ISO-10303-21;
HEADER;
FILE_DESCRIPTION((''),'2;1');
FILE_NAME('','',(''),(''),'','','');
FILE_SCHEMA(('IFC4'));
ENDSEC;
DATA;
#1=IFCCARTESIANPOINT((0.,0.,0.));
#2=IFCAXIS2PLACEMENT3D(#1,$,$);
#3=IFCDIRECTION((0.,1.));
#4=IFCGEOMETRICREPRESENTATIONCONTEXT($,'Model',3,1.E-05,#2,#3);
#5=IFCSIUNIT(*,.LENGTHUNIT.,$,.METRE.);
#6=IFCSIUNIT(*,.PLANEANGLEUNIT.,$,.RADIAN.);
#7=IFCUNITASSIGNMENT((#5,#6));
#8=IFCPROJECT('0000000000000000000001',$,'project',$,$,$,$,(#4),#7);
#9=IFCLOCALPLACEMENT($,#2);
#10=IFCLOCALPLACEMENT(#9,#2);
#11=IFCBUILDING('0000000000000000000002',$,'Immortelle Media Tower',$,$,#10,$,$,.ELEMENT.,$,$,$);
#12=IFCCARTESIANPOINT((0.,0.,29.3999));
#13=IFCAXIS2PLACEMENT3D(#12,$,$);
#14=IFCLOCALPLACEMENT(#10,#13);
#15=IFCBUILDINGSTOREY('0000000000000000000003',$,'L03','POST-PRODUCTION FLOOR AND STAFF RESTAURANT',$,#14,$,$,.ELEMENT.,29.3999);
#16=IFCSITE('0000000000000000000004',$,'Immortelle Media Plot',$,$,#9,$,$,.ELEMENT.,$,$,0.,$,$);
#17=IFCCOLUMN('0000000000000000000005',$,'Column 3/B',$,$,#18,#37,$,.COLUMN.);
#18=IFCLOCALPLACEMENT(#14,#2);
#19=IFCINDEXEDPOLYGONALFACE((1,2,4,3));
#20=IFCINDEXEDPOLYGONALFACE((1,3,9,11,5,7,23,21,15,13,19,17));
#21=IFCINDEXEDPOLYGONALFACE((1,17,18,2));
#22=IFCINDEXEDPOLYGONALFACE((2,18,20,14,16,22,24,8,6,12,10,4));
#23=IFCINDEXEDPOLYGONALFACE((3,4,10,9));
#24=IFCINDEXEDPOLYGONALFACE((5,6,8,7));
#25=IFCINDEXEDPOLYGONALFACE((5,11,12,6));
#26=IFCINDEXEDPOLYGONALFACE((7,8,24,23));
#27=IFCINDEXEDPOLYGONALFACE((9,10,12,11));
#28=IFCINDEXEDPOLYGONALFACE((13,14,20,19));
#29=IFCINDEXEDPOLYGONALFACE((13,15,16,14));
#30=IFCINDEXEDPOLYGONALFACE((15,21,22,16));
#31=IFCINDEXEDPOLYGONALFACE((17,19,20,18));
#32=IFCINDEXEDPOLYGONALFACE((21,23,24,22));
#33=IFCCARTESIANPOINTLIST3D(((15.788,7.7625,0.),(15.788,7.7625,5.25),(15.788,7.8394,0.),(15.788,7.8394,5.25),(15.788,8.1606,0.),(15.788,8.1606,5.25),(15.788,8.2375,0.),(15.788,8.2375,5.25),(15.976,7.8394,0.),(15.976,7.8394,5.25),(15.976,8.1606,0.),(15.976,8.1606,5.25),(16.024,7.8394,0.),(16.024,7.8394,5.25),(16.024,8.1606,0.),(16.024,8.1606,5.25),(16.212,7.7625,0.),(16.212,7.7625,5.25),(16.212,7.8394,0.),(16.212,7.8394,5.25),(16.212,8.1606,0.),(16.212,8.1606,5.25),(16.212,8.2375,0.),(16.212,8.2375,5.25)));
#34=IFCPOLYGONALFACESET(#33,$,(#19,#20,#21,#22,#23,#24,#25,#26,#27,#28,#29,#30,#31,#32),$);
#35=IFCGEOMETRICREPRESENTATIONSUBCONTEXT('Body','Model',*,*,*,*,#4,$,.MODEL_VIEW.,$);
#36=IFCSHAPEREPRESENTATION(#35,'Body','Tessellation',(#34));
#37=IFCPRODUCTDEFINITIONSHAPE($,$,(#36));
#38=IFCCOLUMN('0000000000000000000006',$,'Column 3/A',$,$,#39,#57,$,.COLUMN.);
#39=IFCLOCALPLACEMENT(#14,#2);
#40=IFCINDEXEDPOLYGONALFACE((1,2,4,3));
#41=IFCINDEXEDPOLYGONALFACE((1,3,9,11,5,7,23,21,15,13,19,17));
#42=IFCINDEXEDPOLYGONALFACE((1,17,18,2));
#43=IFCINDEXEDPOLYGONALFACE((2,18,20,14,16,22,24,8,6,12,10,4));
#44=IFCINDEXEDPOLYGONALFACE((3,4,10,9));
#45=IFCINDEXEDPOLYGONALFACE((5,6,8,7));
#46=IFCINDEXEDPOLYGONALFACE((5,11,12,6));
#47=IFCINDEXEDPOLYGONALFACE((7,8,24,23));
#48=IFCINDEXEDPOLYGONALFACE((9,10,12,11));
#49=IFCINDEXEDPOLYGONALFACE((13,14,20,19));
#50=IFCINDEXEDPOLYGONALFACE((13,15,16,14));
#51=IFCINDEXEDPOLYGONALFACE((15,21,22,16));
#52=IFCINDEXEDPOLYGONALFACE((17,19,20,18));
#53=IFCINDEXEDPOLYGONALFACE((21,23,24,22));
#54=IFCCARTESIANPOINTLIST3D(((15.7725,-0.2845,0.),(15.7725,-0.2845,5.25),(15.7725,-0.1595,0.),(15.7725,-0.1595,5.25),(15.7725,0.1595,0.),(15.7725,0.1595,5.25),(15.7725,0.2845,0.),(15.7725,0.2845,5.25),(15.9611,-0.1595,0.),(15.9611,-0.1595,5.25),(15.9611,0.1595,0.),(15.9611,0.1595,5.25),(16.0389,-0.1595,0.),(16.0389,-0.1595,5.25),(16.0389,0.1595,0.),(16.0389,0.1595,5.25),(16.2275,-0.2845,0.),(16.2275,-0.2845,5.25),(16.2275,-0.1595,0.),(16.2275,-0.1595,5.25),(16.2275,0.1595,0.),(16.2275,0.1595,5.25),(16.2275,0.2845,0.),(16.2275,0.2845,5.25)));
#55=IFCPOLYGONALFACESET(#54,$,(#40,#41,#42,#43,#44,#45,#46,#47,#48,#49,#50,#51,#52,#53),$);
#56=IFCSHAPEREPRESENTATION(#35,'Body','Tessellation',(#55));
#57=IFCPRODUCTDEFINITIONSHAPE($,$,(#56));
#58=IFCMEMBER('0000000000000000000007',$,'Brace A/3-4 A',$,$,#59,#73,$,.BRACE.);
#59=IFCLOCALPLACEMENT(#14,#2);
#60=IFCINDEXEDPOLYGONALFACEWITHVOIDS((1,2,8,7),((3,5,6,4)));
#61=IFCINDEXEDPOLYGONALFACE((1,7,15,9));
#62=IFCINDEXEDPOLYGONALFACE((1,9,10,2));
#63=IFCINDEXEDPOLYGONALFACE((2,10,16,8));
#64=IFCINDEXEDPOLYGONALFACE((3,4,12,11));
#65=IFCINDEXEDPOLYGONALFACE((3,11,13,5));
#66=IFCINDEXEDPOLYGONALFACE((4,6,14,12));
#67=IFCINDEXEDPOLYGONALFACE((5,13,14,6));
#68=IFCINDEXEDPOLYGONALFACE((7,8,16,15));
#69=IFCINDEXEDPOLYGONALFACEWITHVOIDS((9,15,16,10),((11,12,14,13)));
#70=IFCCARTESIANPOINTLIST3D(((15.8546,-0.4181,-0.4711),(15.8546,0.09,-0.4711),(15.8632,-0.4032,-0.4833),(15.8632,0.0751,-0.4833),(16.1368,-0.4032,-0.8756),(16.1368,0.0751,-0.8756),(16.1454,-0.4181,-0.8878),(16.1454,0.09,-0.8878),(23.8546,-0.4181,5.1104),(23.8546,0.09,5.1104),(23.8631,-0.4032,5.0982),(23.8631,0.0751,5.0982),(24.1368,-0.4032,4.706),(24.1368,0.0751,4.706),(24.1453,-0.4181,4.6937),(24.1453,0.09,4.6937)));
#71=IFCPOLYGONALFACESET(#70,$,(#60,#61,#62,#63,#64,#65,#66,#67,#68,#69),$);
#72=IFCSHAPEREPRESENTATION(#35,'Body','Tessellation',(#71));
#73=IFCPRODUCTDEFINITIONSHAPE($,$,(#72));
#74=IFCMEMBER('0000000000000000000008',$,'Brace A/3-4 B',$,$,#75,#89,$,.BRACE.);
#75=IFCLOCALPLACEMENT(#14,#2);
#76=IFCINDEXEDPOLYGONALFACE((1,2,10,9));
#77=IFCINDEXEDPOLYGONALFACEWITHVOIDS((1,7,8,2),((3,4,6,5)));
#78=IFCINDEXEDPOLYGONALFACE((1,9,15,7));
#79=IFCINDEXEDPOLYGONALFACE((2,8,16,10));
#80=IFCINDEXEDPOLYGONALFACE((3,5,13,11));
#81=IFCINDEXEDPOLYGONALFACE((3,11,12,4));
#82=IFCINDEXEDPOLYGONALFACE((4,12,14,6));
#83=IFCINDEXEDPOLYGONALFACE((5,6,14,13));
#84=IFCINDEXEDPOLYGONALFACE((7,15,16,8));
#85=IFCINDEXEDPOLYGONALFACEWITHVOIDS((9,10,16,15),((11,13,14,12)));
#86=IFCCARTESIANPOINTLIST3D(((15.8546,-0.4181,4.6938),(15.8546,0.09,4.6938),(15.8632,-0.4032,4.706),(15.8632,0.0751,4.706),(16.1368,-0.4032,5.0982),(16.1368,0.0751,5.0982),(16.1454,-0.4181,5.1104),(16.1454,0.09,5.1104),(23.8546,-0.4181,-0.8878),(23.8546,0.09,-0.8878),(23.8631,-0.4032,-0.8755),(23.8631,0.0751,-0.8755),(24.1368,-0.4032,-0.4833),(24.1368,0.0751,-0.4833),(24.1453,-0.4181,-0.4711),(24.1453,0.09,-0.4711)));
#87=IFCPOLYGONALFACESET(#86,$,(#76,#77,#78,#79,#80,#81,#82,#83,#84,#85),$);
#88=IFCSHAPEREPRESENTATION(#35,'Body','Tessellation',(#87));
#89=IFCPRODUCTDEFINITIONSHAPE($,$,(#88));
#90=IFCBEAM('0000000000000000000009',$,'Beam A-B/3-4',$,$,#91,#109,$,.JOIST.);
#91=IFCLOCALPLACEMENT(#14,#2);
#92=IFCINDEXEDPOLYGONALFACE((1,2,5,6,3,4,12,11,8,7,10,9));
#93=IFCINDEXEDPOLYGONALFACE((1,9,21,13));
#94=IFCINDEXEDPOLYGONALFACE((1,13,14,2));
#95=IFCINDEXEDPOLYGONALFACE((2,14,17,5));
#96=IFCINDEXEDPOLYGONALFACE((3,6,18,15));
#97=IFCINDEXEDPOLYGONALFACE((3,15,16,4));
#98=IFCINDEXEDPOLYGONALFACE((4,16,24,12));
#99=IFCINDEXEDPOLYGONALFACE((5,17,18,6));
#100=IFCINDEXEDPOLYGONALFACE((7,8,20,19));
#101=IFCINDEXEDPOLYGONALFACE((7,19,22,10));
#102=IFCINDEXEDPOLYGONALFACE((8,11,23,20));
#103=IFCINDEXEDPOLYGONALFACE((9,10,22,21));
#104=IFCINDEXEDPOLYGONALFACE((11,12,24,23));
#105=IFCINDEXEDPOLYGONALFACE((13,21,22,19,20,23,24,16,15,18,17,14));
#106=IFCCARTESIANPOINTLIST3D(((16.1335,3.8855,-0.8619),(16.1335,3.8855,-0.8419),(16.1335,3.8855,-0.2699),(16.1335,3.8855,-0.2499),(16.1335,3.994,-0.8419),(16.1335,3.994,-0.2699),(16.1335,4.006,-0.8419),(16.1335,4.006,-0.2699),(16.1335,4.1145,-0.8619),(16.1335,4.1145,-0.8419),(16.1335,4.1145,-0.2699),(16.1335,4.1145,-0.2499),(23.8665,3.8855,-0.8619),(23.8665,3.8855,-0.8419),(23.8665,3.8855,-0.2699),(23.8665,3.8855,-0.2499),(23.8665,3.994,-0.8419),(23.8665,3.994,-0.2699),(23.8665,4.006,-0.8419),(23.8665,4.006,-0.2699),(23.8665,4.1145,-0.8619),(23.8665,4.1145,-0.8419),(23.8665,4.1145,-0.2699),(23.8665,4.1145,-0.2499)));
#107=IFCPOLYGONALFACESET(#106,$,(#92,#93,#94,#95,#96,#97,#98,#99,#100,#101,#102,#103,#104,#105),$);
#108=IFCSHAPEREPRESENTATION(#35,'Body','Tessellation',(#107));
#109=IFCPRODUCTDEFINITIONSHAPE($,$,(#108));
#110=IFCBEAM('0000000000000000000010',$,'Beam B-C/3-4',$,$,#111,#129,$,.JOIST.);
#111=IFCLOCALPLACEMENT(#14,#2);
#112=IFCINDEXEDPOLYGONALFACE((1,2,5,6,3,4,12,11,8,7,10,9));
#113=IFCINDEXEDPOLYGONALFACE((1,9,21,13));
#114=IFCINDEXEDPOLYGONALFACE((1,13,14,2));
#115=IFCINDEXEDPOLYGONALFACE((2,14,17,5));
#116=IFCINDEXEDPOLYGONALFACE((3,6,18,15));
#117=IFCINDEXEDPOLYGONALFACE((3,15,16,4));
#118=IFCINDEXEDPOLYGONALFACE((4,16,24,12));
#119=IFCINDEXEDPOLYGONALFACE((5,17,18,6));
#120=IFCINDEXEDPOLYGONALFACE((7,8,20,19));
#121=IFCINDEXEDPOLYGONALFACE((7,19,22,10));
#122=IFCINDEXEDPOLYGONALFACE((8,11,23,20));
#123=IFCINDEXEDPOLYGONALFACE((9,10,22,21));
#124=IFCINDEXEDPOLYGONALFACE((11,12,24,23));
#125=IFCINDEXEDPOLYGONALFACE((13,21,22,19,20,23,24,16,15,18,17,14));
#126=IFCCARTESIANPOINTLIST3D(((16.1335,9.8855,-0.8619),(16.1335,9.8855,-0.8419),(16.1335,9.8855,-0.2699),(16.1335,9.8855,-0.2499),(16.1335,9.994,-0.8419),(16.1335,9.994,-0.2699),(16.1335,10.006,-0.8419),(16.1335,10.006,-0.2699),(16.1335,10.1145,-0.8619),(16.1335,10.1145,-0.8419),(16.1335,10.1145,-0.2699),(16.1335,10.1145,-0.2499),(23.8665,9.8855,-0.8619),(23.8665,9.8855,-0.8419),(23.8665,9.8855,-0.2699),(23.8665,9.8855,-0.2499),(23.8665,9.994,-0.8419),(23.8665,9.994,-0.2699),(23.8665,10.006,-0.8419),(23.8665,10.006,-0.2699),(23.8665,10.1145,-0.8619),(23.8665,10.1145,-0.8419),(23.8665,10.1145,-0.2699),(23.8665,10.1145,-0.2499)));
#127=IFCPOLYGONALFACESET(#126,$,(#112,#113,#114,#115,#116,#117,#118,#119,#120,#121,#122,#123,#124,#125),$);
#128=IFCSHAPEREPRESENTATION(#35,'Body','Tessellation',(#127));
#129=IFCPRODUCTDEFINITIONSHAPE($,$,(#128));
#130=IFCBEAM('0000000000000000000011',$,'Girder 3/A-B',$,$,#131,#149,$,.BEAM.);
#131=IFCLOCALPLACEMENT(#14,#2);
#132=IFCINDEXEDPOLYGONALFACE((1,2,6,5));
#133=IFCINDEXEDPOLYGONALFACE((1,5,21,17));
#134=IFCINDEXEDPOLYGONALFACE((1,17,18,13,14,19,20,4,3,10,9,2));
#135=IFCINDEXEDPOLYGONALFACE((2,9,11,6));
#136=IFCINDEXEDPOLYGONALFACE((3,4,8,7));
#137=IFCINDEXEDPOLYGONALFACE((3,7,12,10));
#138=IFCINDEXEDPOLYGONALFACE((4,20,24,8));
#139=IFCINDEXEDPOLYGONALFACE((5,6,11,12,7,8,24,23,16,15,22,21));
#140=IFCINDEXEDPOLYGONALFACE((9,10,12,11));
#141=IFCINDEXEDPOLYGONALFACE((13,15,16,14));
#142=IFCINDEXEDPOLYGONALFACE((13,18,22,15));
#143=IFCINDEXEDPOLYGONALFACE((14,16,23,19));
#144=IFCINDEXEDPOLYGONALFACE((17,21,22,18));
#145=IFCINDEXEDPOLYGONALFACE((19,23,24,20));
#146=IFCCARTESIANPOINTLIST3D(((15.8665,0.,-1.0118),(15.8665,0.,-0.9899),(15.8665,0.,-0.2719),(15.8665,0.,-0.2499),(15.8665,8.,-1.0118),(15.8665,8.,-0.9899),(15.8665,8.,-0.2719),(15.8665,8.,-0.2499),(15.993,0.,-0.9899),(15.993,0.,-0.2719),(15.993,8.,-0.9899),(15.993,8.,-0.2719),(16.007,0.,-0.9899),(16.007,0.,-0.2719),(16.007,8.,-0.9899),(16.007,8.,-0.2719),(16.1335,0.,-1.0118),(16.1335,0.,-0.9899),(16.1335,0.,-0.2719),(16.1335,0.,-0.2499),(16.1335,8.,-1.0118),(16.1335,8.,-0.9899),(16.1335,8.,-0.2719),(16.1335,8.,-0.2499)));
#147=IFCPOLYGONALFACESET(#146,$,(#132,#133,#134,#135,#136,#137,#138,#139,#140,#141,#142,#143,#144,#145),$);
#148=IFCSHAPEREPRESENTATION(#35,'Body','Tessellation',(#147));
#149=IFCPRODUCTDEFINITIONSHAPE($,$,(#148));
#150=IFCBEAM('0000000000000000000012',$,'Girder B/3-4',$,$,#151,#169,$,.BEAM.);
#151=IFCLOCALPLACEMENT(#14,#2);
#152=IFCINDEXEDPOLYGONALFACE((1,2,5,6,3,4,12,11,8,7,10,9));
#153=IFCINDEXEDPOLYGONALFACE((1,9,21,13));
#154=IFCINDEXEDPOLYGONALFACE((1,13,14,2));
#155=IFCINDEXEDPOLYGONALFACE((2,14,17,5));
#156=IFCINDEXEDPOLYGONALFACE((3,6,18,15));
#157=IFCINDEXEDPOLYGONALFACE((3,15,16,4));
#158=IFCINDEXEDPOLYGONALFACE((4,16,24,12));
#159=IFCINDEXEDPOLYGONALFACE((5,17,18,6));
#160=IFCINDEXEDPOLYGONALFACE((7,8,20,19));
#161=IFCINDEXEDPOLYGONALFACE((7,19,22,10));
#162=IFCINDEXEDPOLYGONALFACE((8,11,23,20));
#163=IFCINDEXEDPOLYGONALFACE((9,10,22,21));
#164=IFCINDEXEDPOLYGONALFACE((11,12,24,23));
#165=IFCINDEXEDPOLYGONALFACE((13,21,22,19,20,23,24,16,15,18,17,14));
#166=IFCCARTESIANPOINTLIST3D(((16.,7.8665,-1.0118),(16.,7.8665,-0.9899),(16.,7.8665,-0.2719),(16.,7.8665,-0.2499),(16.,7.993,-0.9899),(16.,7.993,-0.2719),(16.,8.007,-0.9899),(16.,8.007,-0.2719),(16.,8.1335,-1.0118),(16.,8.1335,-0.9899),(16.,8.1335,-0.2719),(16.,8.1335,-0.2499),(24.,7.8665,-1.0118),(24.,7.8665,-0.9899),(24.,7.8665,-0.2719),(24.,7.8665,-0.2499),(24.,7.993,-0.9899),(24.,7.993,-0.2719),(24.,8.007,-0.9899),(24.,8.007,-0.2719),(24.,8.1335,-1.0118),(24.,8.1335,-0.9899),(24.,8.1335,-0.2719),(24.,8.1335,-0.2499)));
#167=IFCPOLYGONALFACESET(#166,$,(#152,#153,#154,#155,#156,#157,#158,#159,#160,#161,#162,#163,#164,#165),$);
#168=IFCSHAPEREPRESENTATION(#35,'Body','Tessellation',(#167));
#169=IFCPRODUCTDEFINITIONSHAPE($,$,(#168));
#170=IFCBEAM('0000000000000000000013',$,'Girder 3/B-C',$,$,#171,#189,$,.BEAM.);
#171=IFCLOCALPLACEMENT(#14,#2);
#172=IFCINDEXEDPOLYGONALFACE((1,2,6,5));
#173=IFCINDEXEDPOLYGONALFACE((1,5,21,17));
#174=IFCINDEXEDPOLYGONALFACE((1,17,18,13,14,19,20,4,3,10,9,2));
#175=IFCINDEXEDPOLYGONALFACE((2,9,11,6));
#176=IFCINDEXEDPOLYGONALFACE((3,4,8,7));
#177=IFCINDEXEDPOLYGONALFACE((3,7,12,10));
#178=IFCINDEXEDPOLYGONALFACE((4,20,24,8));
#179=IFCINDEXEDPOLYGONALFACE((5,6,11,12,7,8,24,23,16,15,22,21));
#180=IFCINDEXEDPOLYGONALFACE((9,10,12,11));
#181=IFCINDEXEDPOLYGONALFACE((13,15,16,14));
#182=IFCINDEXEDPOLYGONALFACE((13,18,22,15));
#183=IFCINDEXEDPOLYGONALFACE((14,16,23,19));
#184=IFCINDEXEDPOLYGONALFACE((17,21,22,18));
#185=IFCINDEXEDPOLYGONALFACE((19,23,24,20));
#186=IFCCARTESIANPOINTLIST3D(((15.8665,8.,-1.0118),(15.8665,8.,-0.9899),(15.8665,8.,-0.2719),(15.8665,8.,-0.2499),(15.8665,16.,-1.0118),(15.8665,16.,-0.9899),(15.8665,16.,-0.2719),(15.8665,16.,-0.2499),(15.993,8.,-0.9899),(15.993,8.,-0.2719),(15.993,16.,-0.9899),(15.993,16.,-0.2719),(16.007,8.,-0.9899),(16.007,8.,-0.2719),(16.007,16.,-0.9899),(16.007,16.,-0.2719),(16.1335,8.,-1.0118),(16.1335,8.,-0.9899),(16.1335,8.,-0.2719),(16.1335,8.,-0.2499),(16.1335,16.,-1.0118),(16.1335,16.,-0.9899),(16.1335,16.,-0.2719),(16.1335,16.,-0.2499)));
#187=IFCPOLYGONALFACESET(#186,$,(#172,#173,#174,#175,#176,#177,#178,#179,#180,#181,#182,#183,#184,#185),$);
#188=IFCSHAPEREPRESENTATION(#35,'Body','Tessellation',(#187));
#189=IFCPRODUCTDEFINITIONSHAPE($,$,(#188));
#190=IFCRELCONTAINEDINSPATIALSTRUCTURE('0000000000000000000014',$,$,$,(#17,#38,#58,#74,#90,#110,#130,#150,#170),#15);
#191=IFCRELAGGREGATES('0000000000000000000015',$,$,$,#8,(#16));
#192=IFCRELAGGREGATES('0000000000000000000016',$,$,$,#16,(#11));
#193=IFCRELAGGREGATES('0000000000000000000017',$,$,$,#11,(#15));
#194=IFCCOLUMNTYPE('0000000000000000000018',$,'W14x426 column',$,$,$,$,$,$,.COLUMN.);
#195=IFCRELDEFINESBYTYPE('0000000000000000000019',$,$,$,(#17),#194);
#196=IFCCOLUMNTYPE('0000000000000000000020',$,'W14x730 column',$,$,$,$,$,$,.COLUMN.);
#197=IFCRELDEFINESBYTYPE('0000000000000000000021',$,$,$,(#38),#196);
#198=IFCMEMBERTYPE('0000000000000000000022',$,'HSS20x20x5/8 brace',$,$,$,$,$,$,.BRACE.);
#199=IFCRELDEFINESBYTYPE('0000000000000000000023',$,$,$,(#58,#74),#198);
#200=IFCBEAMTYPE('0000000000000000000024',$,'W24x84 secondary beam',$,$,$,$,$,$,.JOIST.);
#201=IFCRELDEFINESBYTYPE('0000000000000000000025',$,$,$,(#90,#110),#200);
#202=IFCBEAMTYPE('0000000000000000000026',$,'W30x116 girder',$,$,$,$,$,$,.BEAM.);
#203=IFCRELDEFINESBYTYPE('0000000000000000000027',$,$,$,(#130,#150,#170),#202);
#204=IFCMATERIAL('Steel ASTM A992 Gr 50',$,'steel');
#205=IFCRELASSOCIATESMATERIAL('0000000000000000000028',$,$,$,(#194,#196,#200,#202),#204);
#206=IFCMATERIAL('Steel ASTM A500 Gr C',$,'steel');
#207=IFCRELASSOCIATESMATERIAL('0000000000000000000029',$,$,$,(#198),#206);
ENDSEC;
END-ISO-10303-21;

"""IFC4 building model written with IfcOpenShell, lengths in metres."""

from ifc_helpers import new_model, si_unit, direction, frame, origin, origin_2d, place, context, subcontext, project, spatial, hollow_rectangle, i_section, extrude, material, material_profile, profile_set, type_object, element, save


model = new_model("IFC4")

# Units and contexts
model_context = context("Model", 3, precision=1e-05, world=origin(), true_north=direction((0.0, 1.0)))
body_context = subcontext(model_context, "Body", "Model", "MODEL_VIEW")
ifc_project = project(units=[si_unit("LENGTHUNIT", "METRE"), si_unit("PLANEANGLEUNIT", "RADIAN")], contexts=[model_context])

# Site, building, storey
site_placement = place(None, origin())
site = spatial("IfcSite", under=ifc_project, at=site_placement, Name="Immortelle Media Plot", CompositionType="ELEMENT", RefElevation=0.0)
building_placement = place(site_placement, origin())
building = spatial("IfcBuilding", under=site, at=building_placement, Name="Immortelle Media Tower", CompositionType="ELEMENT")
storey_placement = place(building_placement, frame((0.0, 0.0, 29.3999)))
storey = spatial("IfcBuildingStorey", under=building, at=storey_placement, Name="L03", Description="POST-PRODUCTION FLOOR AND STAFF RESTAURANT", CompositionType="ELEMENT", Elevation=29.3999)

# Columns
ifc_material_1 = material(Name="Steel ASTM A992 Gr 50", Category="steel")
ifc_material_profile_1 = material_profile(ifc_material_1, i_section(OverallWidth=0.4241, OverallDepth=0.4751, WebThickness=0.0481, FlangeThickness=0.0769, at=origin_2d()), Name="W14x426")
ifc_profile_set_1 = profile_set([ifc_material_profile_1], Name="Steel ASTM A992 Gr 50")
column_type_1 = type_object("IfcColumnType", Name="W14x426 column", PredefinedType="COLUMN", material=ifc_profile_set_1)
column_1_placement = place(storey_placement, frame((16.0, 8.0, 0.0), z_axis=(0.0, 0.0, 1.0), x_axis=(1.0, 0.0, 0.0)))
element("IfcColumn", 1, at=column_1_placement, inside=storey, type_object=column_type_1, Name="Column 3/B", PredefinedType="COLUMN", context=body_context, shape_type="SweptSolid", body=[
    extrude(i_section(OverallWidth=0.4241, OverallDepth=0.4751, WebThickness=0.0481, FlangeThickness=0.0769, at=origin_2d()), origin(), (0.0, 0.0, 1.0), 5.25),
])
ifc_material_profile_2 = material_profile(ifc_material_1, i_section(OverallWidth=0.4551, OverallDepth=0.5691, WebThickness=0.0779, FlangeThickness=0.125, at=origin_2d()), Name="W14x730")
ifc_profile_set_2 = profile_set([ifc_material_profile_2], Name="Steel ASTM A992 Gr 50")
column_type_2 = type_object("IfcColumnType", Name="W14x730 column", PredefinedType="COLUMN", material=ifc_profile_set_2)
column_2_placement = place(storey_placement, frame((16.0, 0.0, 0.0), z_axis=(0.0, 0.0, 1.0), x_axis=(1.0, 0.0, 0.0)))
element("IfcColumn", 2, at=column_2_placement, inside=storey, type_object=column_type_2, Name="Column 3/A", PredefinedType="COLUMN", context=body_context, shape_type="SweptSolid", body=[
    extrude(i_section(OverallWidth=0.4551, OverallDepth=0.5691, WebThickness=0.0779, FlangeThickness=0.125, at=origin_2d()), origin(), (0.0, 0.0, 1.0), 5.25),
])

# Members
ifc_material_2 = material(Name="Steel ASTM A500 Gr C", Category="steel")
ifc_material_profile_3 = material_profile(ifc_material_2, hollow_rectangle(XDim=0.5081, YDim=0.5081, WallThickness=0.0149, at=origin_2d()), Name="HSS20x20x5/8 brace")
ifc_profile_set_3 = profile_set([ifc_material_profile_3], Name="Steel ASTM A500 Gr C")
member_type = type_object("IfcMemberType", Name="HSS20x20x5/8 brace", PredefinedType="BRACE", material=ifc_profile_set_3)
for number, where, z_axis, x_axis, name in (
    (3, (16.0, -0.1641, -0.6794), (0.82012, 0.0, 0.572192), (0.0, 1.0, 0.0), "Brace A/3-4 A"),
    (4, (16.0, -0.1641, 4.9021), (0.82012, 0.0, -0.572192), (0.0, 1.0, 0.0), "Brace A/3-4 B"),
):
    element("IfcMember", number, at=place(storey_placement, frame(where, z_axis=z_axis, x_axis=x_axis)), inside=storey, type_object=member_type, Name=name, PredefinedType="BRACE", context=body_context, shape_type="SweptSolid", body=[
        extrude(hollow_rectangle(XDim=0.5081, YDim=0.5081, WallThickness=0.0149, at=origin_2d()), origin(), (0.0, 0.0, 1.0), 9.7546),
    ])

# Beams
ifc_material_profile_4 = material_profile(ifc_material_1, i_section(OverallWidth=0.229, OverallDepth=0.6121, WebThickness=0.012, FlangeThickness=0.02, at=origin_2d()), Name="W24x84")
ifc_profile_set_4 = profile_set([ifc_material_profile_4], Name="Steel ASTM A992 Gr 50")
beam_type_1 = type_object("IfcBeamType", Name="W24x84 secondary beam", PredefinedType="JOIST", material=ifc_profile_set_4)
for number, where, z_axis, x_axis, name in (
    (5, (16.1335, 4.0, -0.5559), (1.0, 0.0, 0.0), (0.0, 1.0, 0.0), "Beam A-B/3-4"),
    (6, (16.1335, 10.0, -0.5559), (1.0, 0.0, 0.0), (0.0, 1.0, 0.0), "Beam B-C/3-4"),
):
    element("IfcBeam", number, at=place(storey_placement, frame(where, z_axis=z_axis, x_axis=x_axis)), inside=storey, type_object=beam_type_1, Name=name, PredefinedType="JOIST", context=body_context, shape_type="SweptSolid", body=[
        extrude(i_section(OverallWidth=0.229, OverallDepth=0.6121, WebThickness=0.012, FlangeThickness=0.02, at=origin_2d()), origin(), (0.0, 0.0, 1.0), 7.7329),
    ])
ifc_material_profile_5 = material_profile(ifc_material_1, i_section(OverallWidth=0.2671, OverallDepth=0.762, WebThickness=0.0139, FlangeThickness=0.022, at=origin_2d()), Name="W30x116")
ifc_profile_set_5 = profile_set([ifc_material_profile_5], Name="Steel ASTM A992 Gr 50")
beam_type_2 = type_object("IfcBeamType", Name="W30x116 girder", PredefinedType="BEAM", material=ifc_profile_set_5)
for number, where, z_axis, x_axis, name in (
    (7, (16.0, 0.0, -0.6309), (0.0, 1.0, 0.0), (-1.0, 0.0, 0.0), "Girder 3/A-B"),
    (8, (16.0, 8.0, -0.6309), (1.0, 0.0, 0.0), (0.0, 1.0, 0.0), "Girder B/3-4"),
    (9, (16.0, 8.0, -0.6309), (0.0, 1.0, 0.0), (-1.0, 0.0, 0.0), "Girder 3/B-C"),
):
    element("IfcBeam", number, at=place(storey_placement, frame(where, z_axis=z_axis, x_axis=x_axis)), inside=storey, type_object=beam_type_2, Name=name, PredefinedType="BEAM", context=body_context, shape_type="SweptSolid", body=[
        extrude(i_section(OverallWidth=0.2671, OverallDepth=0.762, WebThickness=0.0139, FlangeThickness=0.022, at=origin_2d()), origin(), (0.0, 0.0, 1.0), 8.0),
    ])

save(model, "model.ifc")
